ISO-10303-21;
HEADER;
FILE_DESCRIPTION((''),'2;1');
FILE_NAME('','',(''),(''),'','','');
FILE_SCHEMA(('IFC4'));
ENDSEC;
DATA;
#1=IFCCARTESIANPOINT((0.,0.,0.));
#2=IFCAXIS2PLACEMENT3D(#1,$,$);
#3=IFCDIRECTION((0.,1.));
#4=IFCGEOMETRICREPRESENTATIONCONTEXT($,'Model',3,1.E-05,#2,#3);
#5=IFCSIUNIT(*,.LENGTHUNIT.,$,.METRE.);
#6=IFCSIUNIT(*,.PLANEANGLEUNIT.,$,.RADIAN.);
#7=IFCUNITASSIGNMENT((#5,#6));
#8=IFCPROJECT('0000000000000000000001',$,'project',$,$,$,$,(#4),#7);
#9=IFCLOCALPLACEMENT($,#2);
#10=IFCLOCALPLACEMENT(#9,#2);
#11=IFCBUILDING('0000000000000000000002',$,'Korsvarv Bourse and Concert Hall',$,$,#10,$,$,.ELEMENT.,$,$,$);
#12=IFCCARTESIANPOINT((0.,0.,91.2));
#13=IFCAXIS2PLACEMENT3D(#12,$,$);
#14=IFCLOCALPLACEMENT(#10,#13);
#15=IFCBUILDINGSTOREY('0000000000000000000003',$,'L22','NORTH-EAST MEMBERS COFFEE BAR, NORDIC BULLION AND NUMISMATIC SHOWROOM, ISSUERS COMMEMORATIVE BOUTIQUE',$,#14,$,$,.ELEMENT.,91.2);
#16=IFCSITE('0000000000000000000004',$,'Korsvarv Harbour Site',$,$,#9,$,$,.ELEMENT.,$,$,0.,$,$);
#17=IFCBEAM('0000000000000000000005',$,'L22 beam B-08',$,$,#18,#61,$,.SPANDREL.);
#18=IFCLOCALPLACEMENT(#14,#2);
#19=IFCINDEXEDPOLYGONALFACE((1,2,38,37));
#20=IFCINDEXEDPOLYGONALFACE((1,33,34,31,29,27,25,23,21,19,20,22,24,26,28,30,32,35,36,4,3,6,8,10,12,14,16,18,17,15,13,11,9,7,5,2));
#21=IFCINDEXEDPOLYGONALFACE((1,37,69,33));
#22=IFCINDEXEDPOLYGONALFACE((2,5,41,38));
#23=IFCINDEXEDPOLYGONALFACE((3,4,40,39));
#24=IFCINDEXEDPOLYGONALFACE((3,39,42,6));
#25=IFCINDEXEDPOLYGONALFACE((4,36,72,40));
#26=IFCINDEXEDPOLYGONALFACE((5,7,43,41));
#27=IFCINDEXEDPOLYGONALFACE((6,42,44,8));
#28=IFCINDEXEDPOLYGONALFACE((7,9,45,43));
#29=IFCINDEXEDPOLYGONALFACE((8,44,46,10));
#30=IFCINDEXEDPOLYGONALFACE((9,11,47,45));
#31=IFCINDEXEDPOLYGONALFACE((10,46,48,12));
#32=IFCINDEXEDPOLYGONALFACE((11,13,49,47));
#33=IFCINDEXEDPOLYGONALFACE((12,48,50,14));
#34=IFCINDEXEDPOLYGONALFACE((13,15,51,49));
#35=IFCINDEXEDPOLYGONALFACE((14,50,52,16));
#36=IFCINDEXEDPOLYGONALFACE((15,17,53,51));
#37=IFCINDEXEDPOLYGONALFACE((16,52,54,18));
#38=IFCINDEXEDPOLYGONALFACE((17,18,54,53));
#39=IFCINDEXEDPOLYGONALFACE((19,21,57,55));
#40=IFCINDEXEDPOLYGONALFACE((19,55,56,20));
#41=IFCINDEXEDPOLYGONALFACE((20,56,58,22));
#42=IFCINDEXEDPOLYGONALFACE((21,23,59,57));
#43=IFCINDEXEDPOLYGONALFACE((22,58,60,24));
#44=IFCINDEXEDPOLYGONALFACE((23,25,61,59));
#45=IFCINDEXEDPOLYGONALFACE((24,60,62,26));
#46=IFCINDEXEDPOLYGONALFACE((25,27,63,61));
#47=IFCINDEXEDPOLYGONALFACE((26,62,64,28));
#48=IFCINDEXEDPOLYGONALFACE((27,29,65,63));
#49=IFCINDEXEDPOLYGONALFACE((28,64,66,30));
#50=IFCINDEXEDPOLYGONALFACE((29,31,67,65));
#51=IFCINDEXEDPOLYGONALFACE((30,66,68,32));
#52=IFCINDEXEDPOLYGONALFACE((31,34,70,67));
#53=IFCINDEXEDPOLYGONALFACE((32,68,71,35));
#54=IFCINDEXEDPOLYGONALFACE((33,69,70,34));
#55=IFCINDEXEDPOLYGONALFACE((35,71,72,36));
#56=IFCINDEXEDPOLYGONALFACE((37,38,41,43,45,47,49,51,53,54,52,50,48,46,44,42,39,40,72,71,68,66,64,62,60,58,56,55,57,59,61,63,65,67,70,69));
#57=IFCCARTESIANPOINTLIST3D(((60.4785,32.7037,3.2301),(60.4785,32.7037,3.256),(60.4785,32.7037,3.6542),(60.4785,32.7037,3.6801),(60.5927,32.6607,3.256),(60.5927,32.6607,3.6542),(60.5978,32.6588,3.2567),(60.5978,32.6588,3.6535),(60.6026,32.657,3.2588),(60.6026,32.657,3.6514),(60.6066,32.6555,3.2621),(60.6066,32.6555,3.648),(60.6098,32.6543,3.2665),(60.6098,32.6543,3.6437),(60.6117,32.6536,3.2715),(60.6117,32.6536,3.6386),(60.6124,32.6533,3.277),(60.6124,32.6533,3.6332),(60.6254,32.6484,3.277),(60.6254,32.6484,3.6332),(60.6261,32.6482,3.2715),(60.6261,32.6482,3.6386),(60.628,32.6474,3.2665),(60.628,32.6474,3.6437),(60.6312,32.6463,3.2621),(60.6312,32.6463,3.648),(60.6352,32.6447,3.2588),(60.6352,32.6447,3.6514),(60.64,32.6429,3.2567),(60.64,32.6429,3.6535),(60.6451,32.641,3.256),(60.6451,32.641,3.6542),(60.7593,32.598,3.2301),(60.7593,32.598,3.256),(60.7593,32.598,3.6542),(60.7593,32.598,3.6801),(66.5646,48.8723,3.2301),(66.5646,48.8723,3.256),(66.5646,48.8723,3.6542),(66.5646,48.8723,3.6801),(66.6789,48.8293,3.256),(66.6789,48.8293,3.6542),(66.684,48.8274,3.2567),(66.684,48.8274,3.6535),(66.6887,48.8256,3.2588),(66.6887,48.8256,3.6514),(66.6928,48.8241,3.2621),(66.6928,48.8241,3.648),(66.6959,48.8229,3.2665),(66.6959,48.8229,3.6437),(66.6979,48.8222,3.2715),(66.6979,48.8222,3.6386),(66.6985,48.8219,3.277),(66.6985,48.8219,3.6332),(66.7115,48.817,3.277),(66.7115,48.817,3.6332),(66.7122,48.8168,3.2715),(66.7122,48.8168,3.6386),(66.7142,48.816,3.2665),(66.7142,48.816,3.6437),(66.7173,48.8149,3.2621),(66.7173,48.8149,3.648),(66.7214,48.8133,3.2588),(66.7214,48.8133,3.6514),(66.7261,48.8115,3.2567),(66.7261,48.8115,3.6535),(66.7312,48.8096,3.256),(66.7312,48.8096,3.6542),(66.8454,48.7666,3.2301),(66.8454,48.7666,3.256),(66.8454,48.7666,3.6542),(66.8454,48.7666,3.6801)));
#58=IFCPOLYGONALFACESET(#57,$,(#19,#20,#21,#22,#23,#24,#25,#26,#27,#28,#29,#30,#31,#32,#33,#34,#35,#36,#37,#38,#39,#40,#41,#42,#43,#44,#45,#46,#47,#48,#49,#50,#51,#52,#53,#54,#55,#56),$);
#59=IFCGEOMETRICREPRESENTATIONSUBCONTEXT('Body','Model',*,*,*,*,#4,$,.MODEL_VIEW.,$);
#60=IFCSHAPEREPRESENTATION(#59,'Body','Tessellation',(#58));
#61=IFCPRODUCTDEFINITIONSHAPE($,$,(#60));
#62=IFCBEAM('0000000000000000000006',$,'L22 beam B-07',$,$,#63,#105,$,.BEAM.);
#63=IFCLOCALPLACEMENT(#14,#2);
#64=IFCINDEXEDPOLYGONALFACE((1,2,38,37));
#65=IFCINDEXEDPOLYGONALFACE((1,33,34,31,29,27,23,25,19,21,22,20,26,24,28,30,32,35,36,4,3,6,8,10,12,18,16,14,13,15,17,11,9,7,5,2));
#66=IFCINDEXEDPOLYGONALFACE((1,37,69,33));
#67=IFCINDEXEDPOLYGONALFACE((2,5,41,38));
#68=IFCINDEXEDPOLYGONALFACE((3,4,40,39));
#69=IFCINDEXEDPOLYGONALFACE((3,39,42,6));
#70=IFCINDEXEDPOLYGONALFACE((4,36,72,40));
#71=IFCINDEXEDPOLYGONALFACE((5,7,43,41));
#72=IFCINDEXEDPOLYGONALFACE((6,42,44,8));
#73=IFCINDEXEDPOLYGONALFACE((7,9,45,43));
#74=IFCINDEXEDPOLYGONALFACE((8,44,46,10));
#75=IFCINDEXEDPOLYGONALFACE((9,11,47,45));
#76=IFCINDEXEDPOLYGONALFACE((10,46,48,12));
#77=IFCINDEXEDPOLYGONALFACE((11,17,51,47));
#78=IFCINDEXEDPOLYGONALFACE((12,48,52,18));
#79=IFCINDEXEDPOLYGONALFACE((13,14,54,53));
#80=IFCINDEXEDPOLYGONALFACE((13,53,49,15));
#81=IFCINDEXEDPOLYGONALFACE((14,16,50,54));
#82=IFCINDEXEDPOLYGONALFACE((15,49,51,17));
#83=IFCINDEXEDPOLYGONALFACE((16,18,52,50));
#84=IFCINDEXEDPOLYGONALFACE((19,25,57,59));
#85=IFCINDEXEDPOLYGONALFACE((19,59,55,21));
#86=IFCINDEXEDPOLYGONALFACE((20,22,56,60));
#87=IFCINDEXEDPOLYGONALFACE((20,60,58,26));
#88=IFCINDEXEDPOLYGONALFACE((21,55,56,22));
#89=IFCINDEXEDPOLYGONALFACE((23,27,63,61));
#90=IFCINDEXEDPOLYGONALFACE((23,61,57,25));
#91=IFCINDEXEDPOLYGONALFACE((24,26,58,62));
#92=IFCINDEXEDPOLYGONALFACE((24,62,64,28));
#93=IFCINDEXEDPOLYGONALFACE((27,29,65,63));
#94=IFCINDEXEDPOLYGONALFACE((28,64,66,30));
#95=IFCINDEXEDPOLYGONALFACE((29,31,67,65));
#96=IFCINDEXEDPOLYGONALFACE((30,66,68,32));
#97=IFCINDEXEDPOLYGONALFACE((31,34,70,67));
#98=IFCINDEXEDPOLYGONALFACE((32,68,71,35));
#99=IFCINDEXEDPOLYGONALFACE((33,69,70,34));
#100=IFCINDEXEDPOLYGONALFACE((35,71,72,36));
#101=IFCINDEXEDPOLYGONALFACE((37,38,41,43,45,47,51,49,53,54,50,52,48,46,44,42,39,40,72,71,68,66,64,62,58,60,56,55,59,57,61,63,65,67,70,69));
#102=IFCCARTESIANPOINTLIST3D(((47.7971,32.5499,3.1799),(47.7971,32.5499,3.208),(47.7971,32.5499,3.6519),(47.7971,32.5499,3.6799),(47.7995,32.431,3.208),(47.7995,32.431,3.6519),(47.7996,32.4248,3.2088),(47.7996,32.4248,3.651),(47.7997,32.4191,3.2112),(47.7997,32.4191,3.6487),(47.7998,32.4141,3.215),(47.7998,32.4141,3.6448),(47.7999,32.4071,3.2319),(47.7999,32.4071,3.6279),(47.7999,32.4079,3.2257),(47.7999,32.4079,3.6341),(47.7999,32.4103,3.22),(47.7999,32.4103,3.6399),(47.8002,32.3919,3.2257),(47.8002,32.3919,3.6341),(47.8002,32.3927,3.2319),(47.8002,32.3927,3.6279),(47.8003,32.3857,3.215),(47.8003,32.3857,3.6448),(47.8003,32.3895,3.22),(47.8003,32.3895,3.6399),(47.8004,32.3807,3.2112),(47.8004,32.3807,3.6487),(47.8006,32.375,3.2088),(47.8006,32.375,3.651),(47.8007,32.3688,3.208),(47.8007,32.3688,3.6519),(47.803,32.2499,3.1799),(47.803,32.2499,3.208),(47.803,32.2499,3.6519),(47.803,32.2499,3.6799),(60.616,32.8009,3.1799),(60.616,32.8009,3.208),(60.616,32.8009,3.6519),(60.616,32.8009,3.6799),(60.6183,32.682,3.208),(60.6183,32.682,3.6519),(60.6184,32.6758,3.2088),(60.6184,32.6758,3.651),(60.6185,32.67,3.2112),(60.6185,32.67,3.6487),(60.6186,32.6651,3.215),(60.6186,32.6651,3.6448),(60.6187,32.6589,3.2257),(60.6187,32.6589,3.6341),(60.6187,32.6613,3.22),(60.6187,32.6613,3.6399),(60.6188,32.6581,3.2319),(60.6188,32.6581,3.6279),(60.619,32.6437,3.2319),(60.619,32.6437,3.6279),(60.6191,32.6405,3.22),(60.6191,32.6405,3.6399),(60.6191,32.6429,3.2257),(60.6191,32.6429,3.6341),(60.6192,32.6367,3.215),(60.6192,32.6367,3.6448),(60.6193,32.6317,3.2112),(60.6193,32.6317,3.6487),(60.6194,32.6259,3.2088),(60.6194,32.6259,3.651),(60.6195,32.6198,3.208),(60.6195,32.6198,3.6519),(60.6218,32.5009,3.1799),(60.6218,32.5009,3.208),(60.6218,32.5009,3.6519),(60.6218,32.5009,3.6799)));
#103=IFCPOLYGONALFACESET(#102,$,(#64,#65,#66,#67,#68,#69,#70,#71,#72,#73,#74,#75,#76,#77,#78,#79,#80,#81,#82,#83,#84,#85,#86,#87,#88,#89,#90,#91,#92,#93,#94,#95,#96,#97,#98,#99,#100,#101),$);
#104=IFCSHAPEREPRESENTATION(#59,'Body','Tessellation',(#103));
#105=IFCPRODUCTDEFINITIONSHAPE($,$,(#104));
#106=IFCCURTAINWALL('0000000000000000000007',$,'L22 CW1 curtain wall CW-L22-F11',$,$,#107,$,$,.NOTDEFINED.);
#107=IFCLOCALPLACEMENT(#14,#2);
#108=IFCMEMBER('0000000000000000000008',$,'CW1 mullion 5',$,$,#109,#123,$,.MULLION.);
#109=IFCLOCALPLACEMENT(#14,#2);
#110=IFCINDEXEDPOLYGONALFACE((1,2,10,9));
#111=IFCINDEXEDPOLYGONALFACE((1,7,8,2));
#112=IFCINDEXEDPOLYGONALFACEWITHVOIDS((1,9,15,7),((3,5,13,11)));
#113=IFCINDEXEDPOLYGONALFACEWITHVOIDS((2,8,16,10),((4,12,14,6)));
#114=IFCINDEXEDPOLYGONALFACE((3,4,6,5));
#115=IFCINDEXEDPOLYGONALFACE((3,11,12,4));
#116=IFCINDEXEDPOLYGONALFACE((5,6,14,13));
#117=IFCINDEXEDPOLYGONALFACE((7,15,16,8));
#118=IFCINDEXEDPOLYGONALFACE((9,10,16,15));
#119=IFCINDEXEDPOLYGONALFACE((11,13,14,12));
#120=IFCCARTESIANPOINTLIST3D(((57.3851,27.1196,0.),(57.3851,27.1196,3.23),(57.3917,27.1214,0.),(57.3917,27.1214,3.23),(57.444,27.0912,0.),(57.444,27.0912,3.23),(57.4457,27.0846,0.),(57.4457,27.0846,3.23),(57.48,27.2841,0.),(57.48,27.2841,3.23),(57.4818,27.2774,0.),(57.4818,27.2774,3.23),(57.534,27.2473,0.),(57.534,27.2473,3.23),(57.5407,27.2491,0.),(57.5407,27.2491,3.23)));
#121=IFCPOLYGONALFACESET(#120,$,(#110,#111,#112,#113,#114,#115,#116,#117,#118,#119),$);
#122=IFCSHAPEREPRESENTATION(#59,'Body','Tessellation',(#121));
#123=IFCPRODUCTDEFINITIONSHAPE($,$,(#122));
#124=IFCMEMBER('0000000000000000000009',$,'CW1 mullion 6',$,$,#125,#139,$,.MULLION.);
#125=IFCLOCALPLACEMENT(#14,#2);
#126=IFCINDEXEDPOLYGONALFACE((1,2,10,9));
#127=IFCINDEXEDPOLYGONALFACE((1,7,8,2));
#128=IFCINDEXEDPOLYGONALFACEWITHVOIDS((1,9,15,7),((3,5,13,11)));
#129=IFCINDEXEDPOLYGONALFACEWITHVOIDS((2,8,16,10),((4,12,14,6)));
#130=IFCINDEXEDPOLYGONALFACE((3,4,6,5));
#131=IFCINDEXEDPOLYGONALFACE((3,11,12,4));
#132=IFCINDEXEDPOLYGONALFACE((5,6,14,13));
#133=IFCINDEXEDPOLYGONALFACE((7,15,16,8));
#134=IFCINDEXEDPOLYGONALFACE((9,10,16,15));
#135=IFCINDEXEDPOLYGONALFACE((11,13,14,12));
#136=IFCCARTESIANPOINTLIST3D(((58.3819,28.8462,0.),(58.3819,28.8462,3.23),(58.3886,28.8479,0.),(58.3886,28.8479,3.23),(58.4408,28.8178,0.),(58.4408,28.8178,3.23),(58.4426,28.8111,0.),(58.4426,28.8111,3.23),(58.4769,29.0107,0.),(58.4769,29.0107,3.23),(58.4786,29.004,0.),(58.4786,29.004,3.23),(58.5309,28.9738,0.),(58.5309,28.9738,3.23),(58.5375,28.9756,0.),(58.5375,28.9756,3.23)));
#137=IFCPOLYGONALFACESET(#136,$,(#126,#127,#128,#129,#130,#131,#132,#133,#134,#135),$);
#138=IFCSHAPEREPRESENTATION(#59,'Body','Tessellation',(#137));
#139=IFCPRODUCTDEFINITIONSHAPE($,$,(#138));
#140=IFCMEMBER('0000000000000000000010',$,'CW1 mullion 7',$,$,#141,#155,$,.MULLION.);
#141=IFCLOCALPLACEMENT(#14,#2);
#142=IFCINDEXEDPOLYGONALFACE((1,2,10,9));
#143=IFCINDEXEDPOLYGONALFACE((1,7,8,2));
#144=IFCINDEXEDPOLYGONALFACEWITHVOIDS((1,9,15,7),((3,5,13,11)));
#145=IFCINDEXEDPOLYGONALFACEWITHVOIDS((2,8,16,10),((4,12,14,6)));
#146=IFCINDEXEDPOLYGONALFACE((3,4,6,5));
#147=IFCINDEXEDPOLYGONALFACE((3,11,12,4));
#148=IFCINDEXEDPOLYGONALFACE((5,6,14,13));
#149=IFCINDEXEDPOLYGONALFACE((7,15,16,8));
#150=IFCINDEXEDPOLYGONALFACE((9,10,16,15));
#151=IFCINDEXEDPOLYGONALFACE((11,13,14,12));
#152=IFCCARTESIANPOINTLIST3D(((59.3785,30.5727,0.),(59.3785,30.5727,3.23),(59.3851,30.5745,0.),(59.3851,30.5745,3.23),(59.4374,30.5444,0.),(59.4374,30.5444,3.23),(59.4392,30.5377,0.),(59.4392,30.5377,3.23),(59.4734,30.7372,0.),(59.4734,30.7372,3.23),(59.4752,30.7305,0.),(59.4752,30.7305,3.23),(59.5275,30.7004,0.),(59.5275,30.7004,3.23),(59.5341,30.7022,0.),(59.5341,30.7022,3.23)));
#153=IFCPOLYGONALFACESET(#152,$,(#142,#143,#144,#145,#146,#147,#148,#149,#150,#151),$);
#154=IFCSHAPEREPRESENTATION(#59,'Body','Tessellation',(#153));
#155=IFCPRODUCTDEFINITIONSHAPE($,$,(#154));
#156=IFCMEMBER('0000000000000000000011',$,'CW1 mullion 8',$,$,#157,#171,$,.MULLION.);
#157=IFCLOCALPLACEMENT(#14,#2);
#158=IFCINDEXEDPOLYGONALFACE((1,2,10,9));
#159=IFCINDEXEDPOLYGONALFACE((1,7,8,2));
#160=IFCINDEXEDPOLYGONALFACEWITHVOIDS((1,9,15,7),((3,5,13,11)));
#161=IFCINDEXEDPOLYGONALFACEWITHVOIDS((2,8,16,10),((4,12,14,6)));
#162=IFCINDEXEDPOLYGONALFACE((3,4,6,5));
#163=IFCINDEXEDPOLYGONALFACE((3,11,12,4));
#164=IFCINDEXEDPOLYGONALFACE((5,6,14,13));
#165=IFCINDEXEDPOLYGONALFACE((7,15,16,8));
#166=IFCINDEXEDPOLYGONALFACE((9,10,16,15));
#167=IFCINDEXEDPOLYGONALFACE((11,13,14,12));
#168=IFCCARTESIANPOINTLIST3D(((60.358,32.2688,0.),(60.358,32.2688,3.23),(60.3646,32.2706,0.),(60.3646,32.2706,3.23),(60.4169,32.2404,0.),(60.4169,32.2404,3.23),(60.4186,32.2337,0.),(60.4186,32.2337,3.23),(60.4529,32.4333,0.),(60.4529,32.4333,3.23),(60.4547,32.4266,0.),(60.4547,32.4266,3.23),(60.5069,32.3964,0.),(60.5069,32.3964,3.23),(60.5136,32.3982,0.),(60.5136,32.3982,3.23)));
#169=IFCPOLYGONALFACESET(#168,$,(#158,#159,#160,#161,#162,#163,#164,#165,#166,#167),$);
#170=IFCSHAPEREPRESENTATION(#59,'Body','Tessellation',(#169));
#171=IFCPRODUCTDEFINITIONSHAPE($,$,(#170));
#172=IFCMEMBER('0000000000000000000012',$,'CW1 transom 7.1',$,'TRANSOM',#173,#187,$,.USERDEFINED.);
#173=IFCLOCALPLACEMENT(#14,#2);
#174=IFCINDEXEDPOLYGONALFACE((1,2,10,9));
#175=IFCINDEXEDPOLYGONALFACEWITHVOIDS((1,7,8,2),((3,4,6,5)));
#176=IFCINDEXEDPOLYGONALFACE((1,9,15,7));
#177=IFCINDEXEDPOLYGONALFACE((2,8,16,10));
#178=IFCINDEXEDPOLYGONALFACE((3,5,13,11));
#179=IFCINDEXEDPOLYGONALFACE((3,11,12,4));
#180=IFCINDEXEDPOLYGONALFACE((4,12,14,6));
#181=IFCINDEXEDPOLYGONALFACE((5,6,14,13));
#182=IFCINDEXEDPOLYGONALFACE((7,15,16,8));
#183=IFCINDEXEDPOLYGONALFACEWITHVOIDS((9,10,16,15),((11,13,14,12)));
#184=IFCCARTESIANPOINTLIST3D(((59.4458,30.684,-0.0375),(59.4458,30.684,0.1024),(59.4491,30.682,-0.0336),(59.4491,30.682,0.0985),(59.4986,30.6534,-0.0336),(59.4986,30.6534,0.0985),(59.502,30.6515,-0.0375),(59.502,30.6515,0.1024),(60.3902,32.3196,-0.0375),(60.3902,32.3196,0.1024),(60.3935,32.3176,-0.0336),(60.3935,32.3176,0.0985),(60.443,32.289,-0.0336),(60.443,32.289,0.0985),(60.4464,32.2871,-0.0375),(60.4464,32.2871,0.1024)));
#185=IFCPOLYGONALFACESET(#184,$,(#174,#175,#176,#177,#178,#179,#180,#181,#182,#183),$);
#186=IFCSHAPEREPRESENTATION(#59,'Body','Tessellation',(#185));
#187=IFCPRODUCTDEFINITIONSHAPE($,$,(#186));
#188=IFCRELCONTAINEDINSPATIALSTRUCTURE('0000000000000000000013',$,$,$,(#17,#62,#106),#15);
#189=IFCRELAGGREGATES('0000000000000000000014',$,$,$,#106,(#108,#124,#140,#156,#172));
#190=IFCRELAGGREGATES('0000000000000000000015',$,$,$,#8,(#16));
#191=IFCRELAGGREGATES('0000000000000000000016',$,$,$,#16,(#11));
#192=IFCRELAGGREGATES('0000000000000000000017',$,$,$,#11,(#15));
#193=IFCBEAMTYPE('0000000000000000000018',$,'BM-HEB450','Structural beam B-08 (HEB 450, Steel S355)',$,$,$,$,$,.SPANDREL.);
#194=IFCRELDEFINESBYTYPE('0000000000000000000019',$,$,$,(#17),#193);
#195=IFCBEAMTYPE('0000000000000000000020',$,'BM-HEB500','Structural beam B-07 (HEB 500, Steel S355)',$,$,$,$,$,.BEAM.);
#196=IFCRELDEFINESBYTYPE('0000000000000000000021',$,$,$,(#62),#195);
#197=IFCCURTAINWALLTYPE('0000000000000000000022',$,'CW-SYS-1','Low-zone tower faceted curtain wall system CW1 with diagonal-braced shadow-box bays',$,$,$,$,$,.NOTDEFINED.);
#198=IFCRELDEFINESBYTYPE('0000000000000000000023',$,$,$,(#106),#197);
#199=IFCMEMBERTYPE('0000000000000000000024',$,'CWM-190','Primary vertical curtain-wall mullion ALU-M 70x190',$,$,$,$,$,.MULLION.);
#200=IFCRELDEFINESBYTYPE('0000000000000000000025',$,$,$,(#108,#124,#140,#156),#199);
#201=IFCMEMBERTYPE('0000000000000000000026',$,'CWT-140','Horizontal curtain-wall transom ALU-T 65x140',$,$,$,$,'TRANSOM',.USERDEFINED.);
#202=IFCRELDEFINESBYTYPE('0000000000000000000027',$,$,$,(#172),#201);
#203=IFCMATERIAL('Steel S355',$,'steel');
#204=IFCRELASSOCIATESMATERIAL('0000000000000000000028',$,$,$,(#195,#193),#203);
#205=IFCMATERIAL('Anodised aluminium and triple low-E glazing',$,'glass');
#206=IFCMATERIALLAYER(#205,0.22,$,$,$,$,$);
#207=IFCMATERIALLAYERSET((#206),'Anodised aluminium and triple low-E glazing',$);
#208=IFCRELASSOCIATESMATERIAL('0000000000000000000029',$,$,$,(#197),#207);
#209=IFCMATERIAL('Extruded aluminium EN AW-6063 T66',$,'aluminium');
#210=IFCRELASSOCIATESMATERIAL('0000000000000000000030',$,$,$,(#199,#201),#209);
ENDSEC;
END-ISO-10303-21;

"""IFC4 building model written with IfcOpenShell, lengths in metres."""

from ifc_helpers import new_model, si_unit, direction, frame, origin, origin_2d, place, context, subcontext, project, spatial, hollow_rectangle, i_section, extrude, source, transform, mapped, material, layer, layer_set, material_profile, profile_set, type_object, element, aggregate, save


model = new_model("IFC4")

# Units and contexts
model_context = context("Model", 3, precision=1e-05, world=origin(), true_north=direction((0.0, 1.0)))
body_context = subcontext(model_context, "Body", "Model", "MODEL_VIEW")
ifc_project = project(units=[si_unit("LENGTHUNIT", "METRE"), si_unit("PLANEANGLEUNIT", "RADIAN")], contexts=[model_context])

# Site, building, storey
site_placement = place(None, origin())
site = spatial("IfcSite", under=ifc_project, at=site_placement, Name="Korsvarv Harbour Site", CompositionType="ELEMENT", RefElevation=0.0)
building_placement = place(site_placement, origin())
building = spatial("IfcBuilding", under=site, at=building_placement, Name="Korsvarv Bourse and Concert Hall", CompositionType="ELEMENT")
storey_placement = place(building_placement, frame((0.0, 0.0, 91.2)))
storey = spatial("IfcBuildingStorey", under=building, at=storey_placement, Name="L22", Description="NORTH-EAST MEMBERS COFFEE BAR, NORDIC BULLION AND NUMISMATIC SHOWROOM, ISSUERS COMMEMORATIVE BOUTIQUE", CompositionType="ELEMENT", Elevation=91.2)

# Beams
ifc_material_1 = material(Name="Steel S355", Category="steel")
ifc_material_profile_1 = material_profile(ifc_material_1, i_section(OverallWidth=0.3, OverallDepth=0.5, WebThickness=0.0144, FlangeThickness=0.0281, FilletRadius=0.0239, at=origin_2d()), Name="HEB 500")
ifc_profile_set_1 = profile_set([ifc_material_profile_1], Name="Steel S355")
beam_type_1 = type_object("IfcBeamType", Name="BM-HEB500", Description="Structural beam B-07 (HEB 500, Steel S355)", PredefinedType="BEAM", material=ifc_profile_set_1)
ifc_material_profile_2 = material_profile(ifc_material_1, i_section(OverallWidth=0.3, OverallDepth=0.45, WebThickness=0.0139, FlangeThickness=0.0259, FilletRadius=0.021, at=origin_2d()), Name="HEB 450")
ifc_profile_set_2 = profile_set([ifc_material_profile_2], Name="Steel S355")
beam_type_2 = type_object("IfcBeamType", Name="BM-HEB450", Description="Structural beam B-08 (HEB 450, Steel S355)", PredefinedType="SPANDREL", material=ifc_profile_set_2)
shared_shape_1 = source(origin(), body_context, "Body", "SweptSolid", [
    extrude(i_section(OverallWidth=0.3, OverallDepth=0.45, WebThickness=0.0139, FlangeThickness=0.0259, FilletRadius=0.021, at=origin_2d()), origin(), (0.0, 0.0, 1.0), 17.2761),
])
beam_1_placement = place(storey_placement, frame((60.6189, 32.6509, 3.4551), z_axis=(0.352286, 0.935892, 0.0), x_axis=(-0.935892, 0.352286, 0.0)))
element("IfcBeam", 1, at=beam_1_placement, inside=storey, type_object=beam_type_2, Name="L22 beam B-08", PredefinedType="SPANDREL", context=body_context, shape_type="MappedRepresentation", body=[
    mapped(shared_shape_1, transform((0.0, 0.0, 0.0), scale=1.0)),
])
shared_shape_2 = source(origin(), body_context, "Body", "SweptSolid", [
    extrude(i_section(OverallWidth=0.3, OverallDepth=0.5, WebThickness=0.0144, FlangeThickness=0.0281, FilletRadius=0.0239, at=origin_2d()), origin(), (0.0, 0.0, 1.0), 12.8213),
])
beam_2_placement = place(storey_placement, frame((60.6189, 32.6509, 3.4299), z_axis=(-0.999808, -0.019575, 0.0), x_axis=(0.019575, -0.999808, 0.0)))
element("IfcBeam", 2, at=beam_2_placement, inside=storey, type_object=beam_type_1, Name="L22 beam B-07", PredefinedType="BEAM", context=body_context, shape_type="MappedRepresentation", body=[
    mapped(shared_shape_2, transform((0.0, 0.0, 0.0), scale=1.0)),
])

# Curtain wall, members
ifc_material_2 = material(Name="Anodised aluminium and triple low-E glazing", Category="glass")
ifc_layer_1 = layer(ifc_material_2, 0.22)
ifc_layer_set_1 = layer_set([ifc_layer_1], Name="Anodised aluminium and triple low-E glazing")
curtain_wall_type = type_object("IfcCurtainWallType", Name="CW-SYS-1", Description="Low-zone tower faceted curtain wall system CW1 with diagonal-braced shadow-box bays", PredefinedType="NOTDEFINED", material=ifc_layer_set_1)
curtain_wall_placement = place(storey_placement, origin())
curtain_wall = element("IfcCurtainWall", 3, at=curtain_wall_placement, inside=storey, type_object=curtain_wall_type, Name="L22 CW1 curtain wall CW-L22-F11", PredefinedType="NOTDEFINED")
ifc_material_3 = material(Name="Extruded aluminium EN AW-6063 T66", Category="aluminium")
ifc_material_profile_3 = material_profile(ifc_material_3, hollow_rectangle(XDim=0.0701, YDim=0.1899, WallThickness=0.0049, at=origin_2d()), Name="ALU-M 70x190")
ifc_profile_set_3 = profile_set([ifc_material_profile_3], Name="Extruded aluminium EN AW-6063 T66")
member_type_1 = type_object("IfcMemberType", Name="CWM-190", Description="Primary vertical curtain-wall mullion ALU-M 70x190", PredefinedType="MULLION", material=ifc_profile_set_3)
shared_shape_3 = source(origin(), body_context, "Body", "SweptSolid", [
    extrude(hollow_rectangle(XDim=0.0701, YDim=0.1899, WallThickness=0.0049, at=origin_2d()), origin(), (0.0, 0.0, 1.0), 3.23),
])
member_1_placement = place(storey_placement, frame((57.4629, 27.1843, 0.0), z_axis=(0.0, 0.0, 1.0), x_axis=(-0.866026, 0.499999, 0.0)))
member_1 = element("IfcMember", 4, at=member_1_placement, type_object=member_type_1, Name="CW1 mullion 5", PredefinedType="MULLION", context=body_context, shape_type="MappedRepresentation", body=[
    mapped(shared_shape_3, transform((0.0, 0.0, 0.0), scale=1.0)),
])
member_2_placement = place(storey_placement, frame((58.4597, 28.9109, 0.0), z_axis=(0.0, 0.0, 1.0), x_axis=(-0.866026, 0.499999, 0.0)))
member_2 = element("IfcMember", 5, at=member_2_placement, type_object=member_type_1, Name="CW1 mullion 6", PredefinedType="MULLION", context=body_context, shape_type="MappedRepresentation", body=[
    mapped(shared_shape_3, transform((0.0, 0.0, 0.0), scale=1.0)),
])
member_3_placement = place(storey_placement, frame((59.4563, 30.6375, 0.0), z_axis=(0.0, 0.0, 1.0), x_axis=(-0.866026, 0.499999, 0.0)))
member_3 = element("IfcMember", 6, at=member_3_placement, type_object=member_type_1, Name="CW1 mullion 7", PredefinedType="MULLION", context=body_context, shape_type="MappedRepresentation", body=[
    mapped(shared_shape_3, transform((0.0, 0.0, 0.0), scale=1.0)),
])
member_4_placement = place(storey_placement, frame((60.4358, 32.3335, 0.0), z_axis=(0.0, 0.0, 1.0), x_axis=(-0.866026, 0.499999, 0.0)))
member_4 = element("IfcMember", 7, at=member_4_placement, type_object=member_type_1, Name="CW1 mullion 8", PredefinedType="MULLION", context=body_context, shape_type="MappedRepresentation", body=[
    mapped(shared_shape_3, transform((0.0, 0.0, 0.0), scale=1.0)),
])
ifc_material_profile_4 = material_profile(ifc_material_3, hollow_rectangle(XDim=0.0649, YDim=0.1399, WallThickness=0.0039, at=origin_2d()), Name="ALU-T 65x140")
ifc_profile_set_4 = profile_set([ifc_material_profile_4], Name="Extruded aluminium EN AW-6063 T66")
member_type_2 = type_object("IfcMemberType", Name="CWT-140", Description="Horizontal curtain-wall transom ALU-T 65x140", ElementType="TRANSOM", PredefinedType="USERDEFINED", material=ifc_profile_set_4)
shared_shape_4 = source(origin(), body_context, "Body", "SweptSolid", [
    extrude(hollow_rectangle(XDim=0.0649, YDim=0.1399, WallThickness=0.0039, at=origin_2d()), origin(), (0.0, 0.0, 1.0), 1.8887),
])
member_5_placement = place(storey_placement, frame((59.4739, 30.6677, 0.0325), z_axis=(0.500032, 0.866007, 0.0), x_axis=(-0.866007, 0.500032, 0.0)))
member_5 = element("IfcMember", 8, at=member_5_placement, type_object=member_type_2, Name="CW1 transom 7.1", ObjectType="TRANSOM", PredefinedType="USERDEFINED", context=body_context, shape_type="MappedRepresentation", body=[
    mapped(shared_shape_4, transform((0.0, 0.0, 0.0), scale=1.0)),
])
aggregate(curtain_wall, [member_1, member_2, member_3, member_4, member_5])

save(model, "model.ifc")
